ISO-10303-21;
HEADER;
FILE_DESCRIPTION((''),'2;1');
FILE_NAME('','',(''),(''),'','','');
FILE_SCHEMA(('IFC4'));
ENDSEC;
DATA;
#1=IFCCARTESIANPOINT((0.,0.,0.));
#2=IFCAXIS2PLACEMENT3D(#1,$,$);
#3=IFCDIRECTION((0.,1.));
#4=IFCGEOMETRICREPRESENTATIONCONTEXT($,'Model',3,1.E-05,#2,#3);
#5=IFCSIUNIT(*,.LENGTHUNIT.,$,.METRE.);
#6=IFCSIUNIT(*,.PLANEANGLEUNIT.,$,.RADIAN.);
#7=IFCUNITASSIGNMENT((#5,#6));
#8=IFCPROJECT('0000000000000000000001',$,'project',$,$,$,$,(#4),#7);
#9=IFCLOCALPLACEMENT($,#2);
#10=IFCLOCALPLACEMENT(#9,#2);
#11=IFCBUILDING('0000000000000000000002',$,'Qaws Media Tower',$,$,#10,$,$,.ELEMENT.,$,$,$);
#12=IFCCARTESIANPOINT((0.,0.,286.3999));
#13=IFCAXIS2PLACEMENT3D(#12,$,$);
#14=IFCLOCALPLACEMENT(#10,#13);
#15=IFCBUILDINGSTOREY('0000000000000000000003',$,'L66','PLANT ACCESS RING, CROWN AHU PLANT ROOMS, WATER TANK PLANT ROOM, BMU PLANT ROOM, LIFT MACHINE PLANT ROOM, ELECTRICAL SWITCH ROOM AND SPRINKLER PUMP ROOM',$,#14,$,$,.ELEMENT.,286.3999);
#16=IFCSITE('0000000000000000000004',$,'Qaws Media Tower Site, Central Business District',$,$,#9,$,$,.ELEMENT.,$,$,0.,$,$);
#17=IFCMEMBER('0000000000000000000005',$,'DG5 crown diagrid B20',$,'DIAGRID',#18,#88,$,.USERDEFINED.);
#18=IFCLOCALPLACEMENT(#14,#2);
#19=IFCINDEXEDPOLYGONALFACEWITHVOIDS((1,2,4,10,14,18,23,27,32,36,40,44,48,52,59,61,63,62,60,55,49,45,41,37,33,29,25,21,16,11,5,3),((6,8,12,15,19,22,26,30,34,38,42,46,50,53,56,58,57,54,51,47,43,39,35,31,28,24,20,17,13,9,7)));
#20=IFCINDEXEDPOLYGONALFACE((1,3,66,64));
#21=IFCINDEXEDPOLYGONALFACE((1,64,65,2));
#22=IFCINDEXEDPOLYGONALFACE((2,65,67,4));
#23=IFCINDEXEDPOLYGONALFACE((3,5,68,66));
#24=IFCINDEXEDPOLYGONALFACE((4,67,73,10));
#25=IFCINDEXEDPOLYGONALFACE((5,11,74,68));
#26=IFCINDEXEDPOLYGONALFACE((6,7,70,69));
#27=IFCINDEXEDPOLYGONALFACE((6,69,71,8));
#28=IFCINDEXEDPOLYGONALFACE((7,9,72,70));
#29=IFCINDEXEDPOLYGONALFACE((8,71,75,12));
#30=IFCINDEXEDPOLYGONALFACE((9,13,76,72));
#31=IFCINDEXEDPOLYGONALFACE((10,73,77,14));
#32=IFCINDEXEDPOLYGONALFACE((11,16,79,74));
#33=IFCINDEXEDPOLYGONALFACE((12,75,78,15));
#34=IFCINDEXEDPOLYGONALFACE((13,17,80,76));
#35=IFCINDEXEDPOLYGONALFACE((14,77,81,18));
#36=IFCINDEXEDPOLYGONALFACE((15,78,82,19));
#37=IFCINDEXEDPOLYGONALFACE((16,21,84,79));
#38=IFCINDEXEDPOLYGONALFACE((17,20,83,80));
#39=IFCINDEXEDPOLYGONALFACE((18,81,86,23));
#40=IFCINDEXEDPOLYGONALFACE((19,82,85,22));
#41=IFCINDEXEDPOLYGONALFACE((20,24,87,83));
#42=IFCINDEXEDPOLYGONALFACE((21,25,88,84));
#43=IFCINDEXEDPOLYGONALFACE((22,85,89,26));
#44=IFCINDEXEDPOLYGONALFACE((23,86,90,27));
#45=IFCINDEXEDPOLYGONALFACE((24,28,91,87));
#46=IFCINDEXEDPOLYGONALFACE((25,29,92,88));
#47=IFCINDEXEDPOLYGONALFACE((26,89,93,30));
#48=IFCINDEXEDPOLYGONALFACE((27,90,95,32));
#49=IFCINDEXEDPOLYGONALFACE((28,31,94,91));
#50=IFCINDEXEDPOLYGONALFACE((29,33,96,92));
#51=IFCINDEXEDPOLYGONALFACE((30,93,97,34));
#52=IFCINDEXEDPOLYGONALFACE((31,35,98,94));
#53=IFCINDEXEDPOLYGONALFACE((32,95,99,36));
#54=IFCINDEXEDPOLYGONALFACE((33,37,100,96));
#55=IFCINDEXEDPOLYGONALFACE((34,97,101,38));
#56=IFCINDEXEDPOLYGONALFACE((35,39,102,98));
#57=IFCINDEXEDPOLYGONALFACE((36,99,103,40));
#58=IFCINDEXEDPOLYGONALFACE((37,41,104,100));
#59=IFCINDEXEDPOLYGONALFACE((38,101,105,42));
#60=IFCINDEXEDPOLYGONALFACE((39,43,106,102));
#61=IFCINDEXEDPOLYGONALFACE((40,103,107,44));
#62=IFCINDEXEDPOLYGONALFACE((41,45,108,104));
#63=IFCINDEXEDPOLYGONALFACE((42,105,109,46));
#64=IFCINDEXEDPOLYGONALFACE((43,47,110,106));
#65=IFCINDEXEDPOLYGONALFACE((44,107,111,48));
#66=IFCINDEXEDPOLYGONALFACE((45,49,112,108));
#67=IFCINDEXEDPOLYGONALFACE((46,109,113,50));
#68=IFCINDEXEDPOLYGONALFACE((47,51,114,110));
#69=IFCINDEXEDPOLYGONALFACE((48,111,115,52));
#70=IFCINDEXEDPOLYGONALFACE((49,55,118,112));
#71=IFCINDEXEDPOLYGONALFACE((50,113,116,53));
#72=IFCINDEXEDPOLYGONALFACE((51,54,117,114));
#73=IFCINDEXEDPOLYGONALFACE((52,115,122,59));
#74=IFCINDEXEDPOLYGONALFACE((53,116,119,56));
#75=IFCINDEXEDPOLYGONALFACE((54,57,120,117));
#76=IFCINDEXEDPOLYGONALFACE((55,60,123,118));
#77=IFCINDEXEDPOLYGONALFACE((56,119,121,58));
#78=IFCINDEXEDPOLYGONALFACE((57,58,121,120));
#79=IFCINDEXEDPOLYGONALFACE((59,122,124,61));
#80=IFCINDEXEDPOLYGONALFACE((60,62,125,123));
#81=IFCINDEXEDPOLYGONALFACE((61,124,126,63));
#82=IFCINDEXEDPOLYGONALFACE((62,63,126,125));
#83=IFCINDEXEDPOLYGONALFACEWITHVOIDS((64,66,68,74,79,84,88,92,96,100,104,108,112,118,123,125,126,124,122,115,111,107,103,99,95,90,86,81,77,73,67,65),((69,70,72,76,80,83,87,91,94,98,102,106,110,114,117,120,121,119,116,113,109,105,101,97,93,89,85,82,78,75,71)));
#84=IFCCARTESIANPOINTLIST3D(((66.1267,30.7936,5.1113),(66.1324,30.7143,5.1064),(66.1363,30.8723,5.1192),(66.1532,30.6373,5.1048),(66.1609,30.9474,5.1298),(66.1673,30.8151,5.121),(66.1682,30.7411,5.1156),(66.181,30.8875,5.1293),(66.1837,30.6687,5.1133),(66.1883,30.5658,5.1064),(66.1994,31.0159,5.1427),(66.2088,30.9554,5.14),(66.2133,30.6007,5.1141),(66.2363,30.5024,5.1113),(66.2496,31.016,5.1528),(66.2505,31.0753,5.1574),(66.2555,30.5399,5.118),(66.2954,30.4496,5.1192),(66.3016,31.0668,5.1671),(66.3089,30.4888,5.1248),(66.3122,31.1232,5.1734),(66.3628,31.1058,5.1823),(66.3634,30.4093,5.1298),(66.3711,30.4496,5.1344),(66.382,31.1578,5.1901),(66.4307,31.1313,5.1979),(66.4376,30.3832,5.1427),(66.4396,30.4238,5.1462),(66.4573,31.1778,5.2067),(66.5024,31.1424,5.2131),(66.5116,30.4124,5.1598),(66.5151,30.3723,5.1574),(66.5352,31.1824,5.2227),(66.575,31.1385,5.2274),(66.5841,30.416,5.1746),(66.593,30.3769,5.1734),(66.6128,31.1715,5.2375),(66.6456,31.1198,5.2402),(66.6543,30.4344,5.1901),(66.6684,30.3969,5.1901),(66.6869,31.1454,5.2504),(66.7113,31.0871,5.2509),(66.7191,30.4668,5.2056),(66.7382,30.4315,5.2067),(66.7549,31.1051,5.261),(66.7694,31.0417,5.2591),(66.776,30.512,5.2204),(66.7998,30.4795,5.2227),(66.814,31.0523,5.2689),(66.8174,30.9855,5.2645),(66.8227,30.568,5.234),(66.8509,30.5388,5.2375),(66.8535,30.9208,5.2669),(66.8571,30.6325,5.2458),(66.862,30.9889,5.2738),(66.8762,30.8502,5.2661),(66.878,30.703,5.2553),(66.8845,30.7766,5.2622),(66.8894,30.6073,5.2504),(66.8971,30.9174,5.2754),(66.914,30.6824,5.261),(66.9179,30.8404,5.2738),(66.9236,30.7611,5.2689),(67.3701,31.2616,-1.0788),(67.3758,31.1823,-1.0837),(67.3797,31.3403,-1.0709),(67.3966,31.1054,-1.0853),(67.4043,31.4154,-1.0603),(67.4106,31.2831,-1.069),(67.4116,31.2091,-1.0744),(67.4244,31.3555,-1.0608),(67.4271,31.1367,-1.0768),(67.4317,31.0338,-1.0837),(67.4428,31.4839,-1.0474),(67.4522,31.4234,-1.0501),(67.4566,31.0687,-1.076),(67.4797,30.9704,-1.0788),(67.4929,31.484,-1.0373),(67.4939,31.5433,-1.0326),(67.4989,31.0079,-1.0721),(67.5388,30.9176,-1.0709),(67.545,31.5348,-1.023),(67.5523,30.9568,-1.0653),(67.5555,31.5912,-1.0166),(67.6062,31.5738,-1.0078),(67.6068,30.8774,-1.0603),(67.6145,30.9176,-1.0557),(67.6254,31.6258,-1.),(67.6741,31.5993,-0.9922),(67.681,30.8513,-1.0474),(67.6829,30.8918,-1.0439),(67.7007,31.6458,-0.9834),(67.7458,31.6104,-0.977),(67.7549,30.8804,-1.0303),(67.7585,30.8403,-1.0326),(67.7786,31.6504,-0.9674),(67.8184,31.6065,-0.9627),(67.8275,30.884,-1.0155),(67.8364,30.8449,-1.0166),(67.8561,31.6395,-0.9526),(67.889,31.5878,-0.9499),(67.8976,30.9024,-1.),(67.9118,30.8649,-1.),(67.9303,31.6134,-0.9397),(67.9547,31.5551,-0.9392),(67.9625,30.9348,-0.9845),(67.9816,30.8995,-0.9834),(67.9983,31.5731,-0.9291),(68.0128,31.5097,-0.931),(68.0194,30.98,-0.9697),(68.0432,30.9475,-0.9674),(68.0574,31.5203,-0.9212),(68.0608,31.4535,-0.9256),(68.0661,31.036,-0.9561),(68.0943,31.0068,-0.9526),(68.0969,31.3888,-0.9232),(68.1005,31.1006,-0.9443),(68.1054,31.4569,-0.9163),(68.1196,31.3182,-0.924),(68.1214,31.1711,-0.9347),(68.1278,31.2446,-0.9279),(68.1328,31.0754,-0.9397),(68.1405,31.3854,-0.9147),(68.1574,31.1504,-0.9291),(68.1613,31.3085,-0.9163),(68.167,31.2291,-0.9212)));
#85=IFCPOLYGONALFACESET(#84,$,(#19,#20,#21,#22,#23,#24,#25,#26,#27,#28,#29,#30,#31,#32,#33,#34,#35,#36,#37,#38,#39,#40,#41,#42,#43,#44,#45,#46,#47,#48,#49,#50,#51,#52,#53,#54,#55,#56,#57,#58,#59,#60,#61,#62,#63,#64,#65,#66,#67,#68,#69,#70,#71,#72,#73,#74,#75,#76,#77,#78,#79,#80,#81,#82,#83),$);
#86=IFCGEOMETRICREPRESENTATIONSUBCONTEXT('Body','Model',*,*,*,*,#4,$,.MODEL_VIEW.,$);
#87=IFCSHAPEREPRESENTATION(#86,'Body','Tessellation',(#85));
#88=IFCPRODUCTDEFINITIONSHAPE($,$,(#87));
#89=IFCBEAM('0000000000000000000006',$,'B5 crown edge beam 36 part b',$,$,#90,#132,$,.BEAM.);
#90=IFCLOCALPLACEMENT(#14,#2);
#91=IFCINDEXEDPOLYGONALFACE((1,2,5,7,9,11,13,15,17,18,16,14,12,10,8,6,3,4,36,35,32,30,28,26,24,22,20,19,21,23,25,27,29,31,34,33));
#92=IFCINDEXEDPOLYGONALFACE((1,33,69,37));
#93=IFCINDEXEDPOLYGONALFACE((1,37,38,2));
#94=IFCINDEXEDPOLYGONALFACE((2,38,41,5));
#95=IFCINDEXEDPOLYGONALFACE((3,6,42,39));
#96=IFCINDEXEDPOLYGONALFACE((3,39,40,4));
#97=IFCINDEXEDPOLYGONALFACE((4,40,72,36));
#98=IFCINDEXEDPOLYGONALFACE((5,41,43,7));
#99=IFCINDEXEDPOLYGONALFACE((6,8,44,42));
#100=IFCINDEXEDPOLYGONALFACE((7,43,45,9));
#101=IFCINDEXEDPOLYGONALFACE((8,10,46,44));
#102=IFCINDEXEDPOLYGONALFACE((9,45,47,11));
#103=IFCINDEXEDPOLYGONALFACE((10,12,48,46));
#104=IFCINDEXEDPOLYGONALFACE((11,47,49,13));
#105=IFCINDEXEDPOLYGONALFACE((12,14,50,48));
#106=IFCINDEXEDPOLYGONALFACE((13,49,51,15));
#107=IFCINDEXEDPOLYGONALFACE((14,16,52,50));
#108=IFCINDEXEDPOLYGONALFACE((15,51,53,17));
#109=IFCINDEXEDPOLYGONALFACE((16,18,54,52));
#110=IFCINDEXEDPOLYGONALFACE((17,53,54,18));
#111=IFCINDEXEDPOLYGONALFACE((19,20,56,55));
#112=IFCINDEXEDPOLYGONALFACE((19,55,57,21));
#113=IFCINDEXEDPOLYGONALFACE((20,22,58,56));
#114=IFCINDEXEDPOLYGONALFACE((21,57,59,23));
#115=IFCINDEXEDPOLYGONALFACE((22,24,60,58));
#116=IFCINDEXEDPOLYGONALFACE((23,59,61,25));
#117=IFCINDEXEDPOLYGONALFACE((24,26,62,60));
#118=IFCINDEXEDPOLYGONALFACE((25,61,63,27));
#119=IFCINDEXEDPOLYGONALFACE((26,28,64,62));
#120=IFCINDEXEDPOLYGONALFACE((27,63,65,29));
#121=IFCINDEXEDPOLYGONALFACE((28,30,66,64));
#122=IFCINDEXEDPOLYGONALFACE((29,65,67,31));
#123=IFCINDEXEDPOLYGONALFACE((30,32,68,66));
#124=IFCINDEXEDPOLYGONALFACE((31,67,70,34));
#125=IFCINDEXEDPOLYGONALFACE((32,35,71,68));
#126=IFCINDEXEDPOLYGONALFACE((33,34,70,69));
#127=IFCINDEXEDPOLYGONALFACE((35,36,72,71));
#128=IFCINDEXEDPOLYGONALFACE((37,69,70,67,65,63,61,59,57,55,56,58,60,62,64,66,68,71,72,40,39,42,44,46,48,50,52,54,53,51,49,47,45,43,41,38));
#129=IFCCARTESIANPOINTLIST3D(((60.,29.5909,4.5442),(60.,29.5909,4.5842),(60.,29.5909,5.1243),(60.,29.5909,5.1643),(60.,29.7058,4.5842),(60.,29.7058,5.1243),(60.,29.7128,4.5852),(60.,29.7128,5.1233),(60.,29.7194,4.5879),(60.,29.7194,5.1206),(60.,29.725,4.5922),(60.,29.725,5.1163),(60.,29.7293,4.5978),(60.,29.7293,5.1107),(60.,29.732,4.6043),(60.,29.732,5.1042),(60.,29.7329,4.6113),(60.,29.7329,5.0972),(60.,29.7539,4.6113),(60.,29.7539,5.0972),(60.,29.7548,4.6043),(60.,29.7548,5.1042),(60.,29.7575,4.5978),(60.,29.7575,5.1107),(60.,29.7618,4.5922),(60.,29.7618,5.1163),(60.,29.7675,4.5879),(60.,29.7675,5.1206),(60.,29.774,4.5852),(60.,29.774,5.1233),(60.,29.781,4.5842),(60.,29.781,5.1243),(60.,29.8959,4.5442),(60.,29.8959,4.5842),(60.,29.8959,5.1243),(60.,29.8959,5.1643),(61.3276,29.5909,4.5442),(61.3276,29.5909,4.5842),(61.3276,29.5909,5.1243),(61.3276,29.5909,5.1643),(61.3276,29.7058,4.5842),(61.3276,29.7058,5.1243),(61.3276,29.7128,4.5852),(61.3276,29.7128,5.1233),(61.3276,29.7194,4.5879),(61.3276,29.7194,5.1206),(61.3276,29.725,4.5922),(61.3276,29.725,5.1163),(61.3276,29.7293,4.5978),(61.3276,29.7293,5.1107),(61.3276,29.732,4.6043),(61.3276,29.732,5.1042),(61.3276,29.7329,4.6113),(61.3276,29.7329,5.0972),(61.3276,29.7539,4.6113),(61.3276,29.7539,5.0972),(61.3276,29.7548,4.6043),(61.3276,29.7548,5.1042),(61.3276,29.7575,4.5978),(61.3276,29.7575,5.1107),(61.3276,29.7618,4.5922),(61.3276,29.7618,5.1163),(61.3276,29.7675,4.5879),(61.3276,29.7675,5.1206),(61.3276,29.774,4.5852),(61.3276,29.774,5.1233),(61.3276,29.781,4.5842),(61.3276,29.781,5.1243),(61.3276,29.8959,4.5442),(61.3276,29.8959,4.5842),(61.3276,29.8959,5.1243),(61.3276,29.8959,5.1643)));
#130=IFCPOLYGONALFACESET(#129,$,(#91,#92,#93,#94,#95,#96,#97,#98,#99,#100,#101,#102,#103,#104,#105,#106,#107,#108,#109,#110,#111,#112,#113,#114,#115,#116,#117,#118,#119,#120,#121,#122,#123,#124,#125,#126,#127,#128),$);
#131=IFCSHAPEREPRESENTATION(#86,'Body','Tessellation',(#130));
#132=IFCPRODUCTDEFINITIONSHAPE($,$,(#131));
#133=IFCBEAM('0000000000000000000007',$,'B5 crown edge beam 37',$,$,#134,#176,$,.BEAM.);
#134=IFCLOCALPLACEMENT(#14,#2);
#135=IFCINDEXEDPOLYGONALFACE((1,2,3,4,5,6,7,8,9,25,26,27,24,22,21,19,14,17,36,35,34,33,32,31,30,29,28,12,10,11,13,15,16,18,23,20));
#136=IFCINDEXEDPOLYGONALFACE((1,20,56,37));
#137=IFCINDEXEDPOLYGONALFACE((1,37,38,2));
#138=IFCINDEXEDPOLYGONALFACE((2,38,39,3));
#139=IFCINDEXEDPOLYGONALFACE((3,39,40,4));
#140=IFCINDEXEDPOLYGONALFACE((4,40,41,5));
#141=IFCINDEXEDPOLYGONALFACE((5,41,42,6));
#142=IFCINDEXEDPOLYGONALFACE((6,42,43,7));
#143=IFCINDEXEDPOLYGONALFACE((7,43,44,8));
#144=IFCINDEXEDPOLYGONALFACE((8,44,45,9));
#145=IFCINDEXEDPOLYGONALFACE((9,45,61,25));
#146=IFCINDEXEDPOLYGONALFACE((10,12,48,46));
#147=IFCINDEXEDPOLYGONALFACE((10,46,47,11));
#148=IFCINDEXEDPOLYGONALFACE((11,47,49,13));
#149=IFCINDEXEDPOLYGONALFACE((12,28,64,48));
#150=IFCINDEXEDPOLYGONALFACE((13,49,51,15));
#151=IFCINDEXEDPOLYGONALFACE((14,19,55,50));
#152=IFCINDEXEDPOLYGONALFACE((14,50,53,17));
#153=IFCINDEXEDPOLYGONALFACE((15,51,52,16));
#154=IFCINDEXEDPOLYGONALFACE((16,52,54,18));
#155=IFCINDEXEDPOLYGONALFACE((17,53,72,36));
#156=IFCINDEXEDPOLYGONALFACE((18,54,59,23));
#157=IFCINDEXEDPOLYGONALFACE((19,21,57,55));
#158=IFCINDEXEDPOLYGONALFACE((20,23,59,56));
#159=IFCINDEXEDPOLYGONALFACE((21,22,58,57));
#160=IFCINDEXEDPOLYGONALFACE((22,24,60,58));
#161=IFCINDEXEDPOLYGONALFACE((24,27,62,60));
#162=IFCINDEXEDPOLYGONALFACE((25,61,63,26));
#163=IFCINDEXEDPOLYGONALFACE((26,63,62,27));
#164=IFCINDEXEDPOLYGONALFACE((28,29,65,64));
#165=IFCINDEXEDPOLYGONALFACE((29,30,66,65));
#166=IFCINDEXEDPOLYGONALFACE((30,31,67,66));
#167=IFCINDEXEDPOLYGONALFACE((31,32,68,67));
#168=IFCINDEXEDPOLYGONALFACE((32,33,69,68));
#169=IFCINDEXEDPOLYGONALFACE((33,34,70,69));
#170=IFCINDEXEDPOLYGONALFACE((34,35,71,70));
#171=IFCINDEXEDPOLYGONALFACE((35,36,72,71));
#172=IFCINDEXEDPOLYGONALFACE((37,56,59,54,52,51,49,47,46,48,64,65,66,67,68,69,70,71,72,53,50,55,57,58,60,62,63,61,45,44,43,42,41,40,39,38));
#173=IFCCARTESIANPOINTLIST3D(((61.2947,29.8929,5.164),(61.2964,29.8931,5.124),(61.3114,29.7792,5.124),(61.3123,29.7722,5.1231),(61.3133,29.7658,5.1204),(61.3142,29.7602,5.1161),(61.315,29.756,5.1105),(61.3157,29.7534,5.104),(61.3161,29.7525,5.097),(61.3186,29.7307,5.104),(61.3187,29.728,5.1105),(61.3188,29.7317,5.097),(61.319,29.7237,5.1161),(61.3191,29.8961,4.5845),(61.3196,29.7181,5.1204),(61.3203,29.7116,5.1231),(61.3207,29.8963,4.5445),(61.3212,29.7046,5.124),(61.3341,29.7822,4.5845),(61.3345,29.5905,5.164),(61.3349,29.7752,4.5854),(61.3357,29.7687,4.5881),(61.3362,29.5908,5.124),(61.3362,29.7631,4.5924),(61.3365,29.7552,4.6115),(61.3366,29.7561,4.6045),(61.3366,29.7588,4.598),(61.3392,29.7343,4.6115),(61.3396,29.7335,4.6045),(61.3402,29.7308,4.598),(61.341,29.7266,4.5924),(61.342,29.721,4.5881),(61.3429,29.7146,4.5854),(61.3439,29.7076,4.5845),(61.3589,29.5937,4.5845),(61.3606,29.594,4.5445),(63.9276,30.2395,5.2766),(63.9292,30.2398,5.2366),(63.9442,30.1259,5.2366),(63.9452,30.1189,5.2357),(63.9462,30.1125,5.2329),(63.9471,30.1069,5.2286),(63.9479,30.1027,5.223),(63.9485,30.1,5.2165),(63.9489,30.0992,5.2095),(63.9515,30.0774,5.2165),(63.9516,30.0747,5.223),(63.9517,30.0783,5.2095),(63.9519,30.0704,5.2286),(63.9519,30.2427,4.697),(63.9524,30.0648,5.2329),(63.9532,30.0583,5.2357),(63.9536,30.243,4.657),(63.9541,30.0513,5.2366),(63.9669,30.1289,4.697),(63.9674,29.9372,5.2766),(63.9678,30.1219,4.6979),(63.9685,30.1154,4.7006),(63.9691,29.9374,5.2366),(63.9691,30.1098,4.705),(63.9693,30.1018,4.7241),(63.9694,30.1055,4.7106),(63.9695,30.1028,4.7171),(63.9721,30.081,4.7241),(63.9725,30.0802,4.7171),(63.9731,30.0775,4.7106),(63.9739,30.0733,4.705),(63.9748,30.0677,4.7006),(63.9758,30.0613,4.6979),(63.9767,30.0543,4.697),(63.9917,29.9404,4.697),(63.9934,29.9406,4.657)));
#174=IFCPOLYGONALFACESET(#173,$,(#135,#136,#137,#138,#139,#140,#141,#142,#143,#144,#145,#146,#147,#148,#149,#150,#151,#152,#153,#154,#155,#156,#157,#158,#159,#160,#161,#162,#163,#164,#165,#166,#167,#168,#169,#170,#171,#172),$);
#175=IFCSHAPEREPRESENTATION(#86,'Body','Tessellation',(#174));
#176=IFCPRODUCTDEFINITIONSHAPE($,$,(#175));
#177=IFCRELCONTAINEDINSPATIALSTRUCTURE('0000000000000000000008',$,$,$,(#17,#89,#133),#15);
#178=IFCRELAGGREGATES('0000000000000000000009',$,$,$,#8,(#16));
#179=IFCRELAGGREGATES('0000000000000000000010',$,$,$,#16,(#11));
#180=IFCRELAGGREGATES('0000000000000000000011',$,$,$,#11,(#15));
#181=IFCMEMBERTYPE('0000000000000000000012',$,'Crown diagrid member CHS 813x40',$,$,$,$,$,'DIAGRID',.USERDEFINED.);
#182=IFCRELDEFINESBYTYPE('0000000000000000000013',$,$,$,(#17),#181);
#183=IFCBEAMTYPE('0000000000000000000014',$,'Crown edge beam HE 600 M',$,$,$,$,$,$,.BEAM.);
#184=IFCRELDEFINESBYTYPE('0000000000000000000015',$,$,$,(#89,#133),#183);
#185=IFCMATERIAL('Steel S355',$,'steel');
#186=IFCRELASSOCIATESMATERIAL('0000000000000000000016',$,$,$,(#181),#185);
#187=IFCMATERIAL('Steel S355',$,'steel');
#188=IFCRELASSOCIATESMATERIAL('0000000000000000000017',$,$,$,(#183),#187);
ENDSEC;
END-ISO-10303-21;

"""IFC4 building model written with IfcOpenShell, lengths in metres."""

from ifc_helpers import new_model, si_unit, direction, frame, origin, origin_2d, place, context, subcontext, project, spatial, hollow_circle, i_section, extrude, material, material_profile, profile_set, type_object, element, save


model = new_model("IFC4")

# Units and contexts
model_context = context("Model", 3, precision=1e-05, world=origin(), true_north=direction((0.0, 1.0)))
body_context = subcontext(model_context, "Body", "Model", "MODEL_VIEW")
ifc_project = project(units=[si_unit("LENGTHUNIT", "METRE"), si_unit("PLANEANGLEUNIT", "RADIAN")], contexts=[model_context])

# Site, building, storey
site_placement = place(None, origin())
site = spatial("IfcSite", under=ifc_project, at=site_placement, Name="Qaws Media Tower Site, Central Business District", CompositionType="ELEMENT", RefElevation=0.0)
building_placement = place(site_placement, origin())
building = spatial("IfcBuilding", under=site, at=building_placement, Name="Qaws Media Tower", CompositionType="ELEMENT")
storey_placement = place(building_placement, frame((0.0, 0.0, 286.3999)))
storey = spatial("IfcBuildingStorey", under=building, at=storey_placement, Name="L66", Description="PLANT ACCESS RING, CROWN AHU PLANT ROOMS, WATER TANK PLANT ROOM, BMU PLANT ROOM, LIFT MACHINE PLANT ROOM, ELECTRICAL SWITCH ROOM AND SPRINKLER PUMP ROOM", CompositionType="ELEMENT", Elevation=286.3999)

# Member
ifc_material_1 = material(Name="Steel S355", Category="steel")
ifc_material_profile_1 = material_profile(ifc_material_1, hollow_circle(Radius=0.4065, WallThickness=0.04, at=origin_2d()), Name="CHS 813x40")
ifc_profile_set_1 = profile_set([ifc_material_profile_1], Name="Steel S355")
member_type_1 = type_object("IfcMemberType", Name="Crown diagrid member CHS 813x40", ElementType="DIAGRID", PredefinedType="USERDEFINED", material=ifc_profile_set_1)
member_1_placement = place(storey_placement, frame((67.7686, 31.2454, -1.0), z_axis=(-0.196395, -0.073923, 0.977734), x_axis=(0.352271, -0.935898, 0.0)))
element("IfcMember", 1, at=member_1_placement, inside=storey, type_object=member_type_1, Name="DG5 crown diagrid B20", ObjectType="DIAGRID", PredefinedType="USERDEFINED", context=body_context, shape_type="SweptSolid", body=[
    extrude(hollow_circle(Radius=0.4065, WallThickness=0.04, at=origin_2d()), origin(), (0.0, 0.0, 1.0), 6.3311),
])

# Beams
ifc_material_2 = material(Name="Steel S355", Category="steel")
ifc_material_profile_2 = material_profile(ifc_material_2, i_section(OverallWidth=0.3049, OverallDepth=0.6201, WebThickness=0.021, FlangeThickness=0.04, FilletRadius=0.0271, at=origin_2d()), Name="HE 600 M")
ifc_profile_set_2 = profile_set([ifc_material_profile_2], Name="Steel S355")
beam_type_1 = type_object("IfcBeamType", Name="Crown edge beam HE 600 M", PredefinedType="BEAM", material=ifc_profile_set_2)
beam_1_placement = place(storey_placement, frame((60.0, 29.7434, 4.8542), z_axis=(1.0, 0.0, 0.0), x_axis=(0.0, 1.0, 0.0)))
element("IfcBeam", 2, at=beam_1_placement, inside=storey, type_object=beam_type_1, Name="B5 crown edge beam 36 part b", PredefinedType="BEAM", context=body_context, shape_type="SweptSolid", body=[
    extrude(i_section(OverallWidth=0.3049, OverallDepth=0.6201, WebThickness=0.021, FlangeThickness=0.04, FilletRadius=0.0271, at=origin_2d()), origin(), (0.0, 0.0, 1.0), 1.3276),
])
beam_2_placement = place(storey_placement, frame((61.3276, 29.7434, 4.8542), z_axis=(0.990553, 0.130433, 0.042345), x_axis=(-0.13055, 0.991442, 0.0)))
element("IfcBeam", 3, at=beam_2_placement, inside=storey, type_object=beam_type_1, Name="B5 crown edge beam 37", PredefinedType="BEAM", context=body_context, shape_type="SweptSolid", body=[
    extrude(i_section(OverallWidth=0.3049, OverallDepth=0.6201, WebThickness=0.021, FlangeThickness=0.04, FilletRadius=0.0271, at=origin_2d()), origin(), (0.0, 0.0, 1.0), 2.658),
])

save(model, "model.ifc")
